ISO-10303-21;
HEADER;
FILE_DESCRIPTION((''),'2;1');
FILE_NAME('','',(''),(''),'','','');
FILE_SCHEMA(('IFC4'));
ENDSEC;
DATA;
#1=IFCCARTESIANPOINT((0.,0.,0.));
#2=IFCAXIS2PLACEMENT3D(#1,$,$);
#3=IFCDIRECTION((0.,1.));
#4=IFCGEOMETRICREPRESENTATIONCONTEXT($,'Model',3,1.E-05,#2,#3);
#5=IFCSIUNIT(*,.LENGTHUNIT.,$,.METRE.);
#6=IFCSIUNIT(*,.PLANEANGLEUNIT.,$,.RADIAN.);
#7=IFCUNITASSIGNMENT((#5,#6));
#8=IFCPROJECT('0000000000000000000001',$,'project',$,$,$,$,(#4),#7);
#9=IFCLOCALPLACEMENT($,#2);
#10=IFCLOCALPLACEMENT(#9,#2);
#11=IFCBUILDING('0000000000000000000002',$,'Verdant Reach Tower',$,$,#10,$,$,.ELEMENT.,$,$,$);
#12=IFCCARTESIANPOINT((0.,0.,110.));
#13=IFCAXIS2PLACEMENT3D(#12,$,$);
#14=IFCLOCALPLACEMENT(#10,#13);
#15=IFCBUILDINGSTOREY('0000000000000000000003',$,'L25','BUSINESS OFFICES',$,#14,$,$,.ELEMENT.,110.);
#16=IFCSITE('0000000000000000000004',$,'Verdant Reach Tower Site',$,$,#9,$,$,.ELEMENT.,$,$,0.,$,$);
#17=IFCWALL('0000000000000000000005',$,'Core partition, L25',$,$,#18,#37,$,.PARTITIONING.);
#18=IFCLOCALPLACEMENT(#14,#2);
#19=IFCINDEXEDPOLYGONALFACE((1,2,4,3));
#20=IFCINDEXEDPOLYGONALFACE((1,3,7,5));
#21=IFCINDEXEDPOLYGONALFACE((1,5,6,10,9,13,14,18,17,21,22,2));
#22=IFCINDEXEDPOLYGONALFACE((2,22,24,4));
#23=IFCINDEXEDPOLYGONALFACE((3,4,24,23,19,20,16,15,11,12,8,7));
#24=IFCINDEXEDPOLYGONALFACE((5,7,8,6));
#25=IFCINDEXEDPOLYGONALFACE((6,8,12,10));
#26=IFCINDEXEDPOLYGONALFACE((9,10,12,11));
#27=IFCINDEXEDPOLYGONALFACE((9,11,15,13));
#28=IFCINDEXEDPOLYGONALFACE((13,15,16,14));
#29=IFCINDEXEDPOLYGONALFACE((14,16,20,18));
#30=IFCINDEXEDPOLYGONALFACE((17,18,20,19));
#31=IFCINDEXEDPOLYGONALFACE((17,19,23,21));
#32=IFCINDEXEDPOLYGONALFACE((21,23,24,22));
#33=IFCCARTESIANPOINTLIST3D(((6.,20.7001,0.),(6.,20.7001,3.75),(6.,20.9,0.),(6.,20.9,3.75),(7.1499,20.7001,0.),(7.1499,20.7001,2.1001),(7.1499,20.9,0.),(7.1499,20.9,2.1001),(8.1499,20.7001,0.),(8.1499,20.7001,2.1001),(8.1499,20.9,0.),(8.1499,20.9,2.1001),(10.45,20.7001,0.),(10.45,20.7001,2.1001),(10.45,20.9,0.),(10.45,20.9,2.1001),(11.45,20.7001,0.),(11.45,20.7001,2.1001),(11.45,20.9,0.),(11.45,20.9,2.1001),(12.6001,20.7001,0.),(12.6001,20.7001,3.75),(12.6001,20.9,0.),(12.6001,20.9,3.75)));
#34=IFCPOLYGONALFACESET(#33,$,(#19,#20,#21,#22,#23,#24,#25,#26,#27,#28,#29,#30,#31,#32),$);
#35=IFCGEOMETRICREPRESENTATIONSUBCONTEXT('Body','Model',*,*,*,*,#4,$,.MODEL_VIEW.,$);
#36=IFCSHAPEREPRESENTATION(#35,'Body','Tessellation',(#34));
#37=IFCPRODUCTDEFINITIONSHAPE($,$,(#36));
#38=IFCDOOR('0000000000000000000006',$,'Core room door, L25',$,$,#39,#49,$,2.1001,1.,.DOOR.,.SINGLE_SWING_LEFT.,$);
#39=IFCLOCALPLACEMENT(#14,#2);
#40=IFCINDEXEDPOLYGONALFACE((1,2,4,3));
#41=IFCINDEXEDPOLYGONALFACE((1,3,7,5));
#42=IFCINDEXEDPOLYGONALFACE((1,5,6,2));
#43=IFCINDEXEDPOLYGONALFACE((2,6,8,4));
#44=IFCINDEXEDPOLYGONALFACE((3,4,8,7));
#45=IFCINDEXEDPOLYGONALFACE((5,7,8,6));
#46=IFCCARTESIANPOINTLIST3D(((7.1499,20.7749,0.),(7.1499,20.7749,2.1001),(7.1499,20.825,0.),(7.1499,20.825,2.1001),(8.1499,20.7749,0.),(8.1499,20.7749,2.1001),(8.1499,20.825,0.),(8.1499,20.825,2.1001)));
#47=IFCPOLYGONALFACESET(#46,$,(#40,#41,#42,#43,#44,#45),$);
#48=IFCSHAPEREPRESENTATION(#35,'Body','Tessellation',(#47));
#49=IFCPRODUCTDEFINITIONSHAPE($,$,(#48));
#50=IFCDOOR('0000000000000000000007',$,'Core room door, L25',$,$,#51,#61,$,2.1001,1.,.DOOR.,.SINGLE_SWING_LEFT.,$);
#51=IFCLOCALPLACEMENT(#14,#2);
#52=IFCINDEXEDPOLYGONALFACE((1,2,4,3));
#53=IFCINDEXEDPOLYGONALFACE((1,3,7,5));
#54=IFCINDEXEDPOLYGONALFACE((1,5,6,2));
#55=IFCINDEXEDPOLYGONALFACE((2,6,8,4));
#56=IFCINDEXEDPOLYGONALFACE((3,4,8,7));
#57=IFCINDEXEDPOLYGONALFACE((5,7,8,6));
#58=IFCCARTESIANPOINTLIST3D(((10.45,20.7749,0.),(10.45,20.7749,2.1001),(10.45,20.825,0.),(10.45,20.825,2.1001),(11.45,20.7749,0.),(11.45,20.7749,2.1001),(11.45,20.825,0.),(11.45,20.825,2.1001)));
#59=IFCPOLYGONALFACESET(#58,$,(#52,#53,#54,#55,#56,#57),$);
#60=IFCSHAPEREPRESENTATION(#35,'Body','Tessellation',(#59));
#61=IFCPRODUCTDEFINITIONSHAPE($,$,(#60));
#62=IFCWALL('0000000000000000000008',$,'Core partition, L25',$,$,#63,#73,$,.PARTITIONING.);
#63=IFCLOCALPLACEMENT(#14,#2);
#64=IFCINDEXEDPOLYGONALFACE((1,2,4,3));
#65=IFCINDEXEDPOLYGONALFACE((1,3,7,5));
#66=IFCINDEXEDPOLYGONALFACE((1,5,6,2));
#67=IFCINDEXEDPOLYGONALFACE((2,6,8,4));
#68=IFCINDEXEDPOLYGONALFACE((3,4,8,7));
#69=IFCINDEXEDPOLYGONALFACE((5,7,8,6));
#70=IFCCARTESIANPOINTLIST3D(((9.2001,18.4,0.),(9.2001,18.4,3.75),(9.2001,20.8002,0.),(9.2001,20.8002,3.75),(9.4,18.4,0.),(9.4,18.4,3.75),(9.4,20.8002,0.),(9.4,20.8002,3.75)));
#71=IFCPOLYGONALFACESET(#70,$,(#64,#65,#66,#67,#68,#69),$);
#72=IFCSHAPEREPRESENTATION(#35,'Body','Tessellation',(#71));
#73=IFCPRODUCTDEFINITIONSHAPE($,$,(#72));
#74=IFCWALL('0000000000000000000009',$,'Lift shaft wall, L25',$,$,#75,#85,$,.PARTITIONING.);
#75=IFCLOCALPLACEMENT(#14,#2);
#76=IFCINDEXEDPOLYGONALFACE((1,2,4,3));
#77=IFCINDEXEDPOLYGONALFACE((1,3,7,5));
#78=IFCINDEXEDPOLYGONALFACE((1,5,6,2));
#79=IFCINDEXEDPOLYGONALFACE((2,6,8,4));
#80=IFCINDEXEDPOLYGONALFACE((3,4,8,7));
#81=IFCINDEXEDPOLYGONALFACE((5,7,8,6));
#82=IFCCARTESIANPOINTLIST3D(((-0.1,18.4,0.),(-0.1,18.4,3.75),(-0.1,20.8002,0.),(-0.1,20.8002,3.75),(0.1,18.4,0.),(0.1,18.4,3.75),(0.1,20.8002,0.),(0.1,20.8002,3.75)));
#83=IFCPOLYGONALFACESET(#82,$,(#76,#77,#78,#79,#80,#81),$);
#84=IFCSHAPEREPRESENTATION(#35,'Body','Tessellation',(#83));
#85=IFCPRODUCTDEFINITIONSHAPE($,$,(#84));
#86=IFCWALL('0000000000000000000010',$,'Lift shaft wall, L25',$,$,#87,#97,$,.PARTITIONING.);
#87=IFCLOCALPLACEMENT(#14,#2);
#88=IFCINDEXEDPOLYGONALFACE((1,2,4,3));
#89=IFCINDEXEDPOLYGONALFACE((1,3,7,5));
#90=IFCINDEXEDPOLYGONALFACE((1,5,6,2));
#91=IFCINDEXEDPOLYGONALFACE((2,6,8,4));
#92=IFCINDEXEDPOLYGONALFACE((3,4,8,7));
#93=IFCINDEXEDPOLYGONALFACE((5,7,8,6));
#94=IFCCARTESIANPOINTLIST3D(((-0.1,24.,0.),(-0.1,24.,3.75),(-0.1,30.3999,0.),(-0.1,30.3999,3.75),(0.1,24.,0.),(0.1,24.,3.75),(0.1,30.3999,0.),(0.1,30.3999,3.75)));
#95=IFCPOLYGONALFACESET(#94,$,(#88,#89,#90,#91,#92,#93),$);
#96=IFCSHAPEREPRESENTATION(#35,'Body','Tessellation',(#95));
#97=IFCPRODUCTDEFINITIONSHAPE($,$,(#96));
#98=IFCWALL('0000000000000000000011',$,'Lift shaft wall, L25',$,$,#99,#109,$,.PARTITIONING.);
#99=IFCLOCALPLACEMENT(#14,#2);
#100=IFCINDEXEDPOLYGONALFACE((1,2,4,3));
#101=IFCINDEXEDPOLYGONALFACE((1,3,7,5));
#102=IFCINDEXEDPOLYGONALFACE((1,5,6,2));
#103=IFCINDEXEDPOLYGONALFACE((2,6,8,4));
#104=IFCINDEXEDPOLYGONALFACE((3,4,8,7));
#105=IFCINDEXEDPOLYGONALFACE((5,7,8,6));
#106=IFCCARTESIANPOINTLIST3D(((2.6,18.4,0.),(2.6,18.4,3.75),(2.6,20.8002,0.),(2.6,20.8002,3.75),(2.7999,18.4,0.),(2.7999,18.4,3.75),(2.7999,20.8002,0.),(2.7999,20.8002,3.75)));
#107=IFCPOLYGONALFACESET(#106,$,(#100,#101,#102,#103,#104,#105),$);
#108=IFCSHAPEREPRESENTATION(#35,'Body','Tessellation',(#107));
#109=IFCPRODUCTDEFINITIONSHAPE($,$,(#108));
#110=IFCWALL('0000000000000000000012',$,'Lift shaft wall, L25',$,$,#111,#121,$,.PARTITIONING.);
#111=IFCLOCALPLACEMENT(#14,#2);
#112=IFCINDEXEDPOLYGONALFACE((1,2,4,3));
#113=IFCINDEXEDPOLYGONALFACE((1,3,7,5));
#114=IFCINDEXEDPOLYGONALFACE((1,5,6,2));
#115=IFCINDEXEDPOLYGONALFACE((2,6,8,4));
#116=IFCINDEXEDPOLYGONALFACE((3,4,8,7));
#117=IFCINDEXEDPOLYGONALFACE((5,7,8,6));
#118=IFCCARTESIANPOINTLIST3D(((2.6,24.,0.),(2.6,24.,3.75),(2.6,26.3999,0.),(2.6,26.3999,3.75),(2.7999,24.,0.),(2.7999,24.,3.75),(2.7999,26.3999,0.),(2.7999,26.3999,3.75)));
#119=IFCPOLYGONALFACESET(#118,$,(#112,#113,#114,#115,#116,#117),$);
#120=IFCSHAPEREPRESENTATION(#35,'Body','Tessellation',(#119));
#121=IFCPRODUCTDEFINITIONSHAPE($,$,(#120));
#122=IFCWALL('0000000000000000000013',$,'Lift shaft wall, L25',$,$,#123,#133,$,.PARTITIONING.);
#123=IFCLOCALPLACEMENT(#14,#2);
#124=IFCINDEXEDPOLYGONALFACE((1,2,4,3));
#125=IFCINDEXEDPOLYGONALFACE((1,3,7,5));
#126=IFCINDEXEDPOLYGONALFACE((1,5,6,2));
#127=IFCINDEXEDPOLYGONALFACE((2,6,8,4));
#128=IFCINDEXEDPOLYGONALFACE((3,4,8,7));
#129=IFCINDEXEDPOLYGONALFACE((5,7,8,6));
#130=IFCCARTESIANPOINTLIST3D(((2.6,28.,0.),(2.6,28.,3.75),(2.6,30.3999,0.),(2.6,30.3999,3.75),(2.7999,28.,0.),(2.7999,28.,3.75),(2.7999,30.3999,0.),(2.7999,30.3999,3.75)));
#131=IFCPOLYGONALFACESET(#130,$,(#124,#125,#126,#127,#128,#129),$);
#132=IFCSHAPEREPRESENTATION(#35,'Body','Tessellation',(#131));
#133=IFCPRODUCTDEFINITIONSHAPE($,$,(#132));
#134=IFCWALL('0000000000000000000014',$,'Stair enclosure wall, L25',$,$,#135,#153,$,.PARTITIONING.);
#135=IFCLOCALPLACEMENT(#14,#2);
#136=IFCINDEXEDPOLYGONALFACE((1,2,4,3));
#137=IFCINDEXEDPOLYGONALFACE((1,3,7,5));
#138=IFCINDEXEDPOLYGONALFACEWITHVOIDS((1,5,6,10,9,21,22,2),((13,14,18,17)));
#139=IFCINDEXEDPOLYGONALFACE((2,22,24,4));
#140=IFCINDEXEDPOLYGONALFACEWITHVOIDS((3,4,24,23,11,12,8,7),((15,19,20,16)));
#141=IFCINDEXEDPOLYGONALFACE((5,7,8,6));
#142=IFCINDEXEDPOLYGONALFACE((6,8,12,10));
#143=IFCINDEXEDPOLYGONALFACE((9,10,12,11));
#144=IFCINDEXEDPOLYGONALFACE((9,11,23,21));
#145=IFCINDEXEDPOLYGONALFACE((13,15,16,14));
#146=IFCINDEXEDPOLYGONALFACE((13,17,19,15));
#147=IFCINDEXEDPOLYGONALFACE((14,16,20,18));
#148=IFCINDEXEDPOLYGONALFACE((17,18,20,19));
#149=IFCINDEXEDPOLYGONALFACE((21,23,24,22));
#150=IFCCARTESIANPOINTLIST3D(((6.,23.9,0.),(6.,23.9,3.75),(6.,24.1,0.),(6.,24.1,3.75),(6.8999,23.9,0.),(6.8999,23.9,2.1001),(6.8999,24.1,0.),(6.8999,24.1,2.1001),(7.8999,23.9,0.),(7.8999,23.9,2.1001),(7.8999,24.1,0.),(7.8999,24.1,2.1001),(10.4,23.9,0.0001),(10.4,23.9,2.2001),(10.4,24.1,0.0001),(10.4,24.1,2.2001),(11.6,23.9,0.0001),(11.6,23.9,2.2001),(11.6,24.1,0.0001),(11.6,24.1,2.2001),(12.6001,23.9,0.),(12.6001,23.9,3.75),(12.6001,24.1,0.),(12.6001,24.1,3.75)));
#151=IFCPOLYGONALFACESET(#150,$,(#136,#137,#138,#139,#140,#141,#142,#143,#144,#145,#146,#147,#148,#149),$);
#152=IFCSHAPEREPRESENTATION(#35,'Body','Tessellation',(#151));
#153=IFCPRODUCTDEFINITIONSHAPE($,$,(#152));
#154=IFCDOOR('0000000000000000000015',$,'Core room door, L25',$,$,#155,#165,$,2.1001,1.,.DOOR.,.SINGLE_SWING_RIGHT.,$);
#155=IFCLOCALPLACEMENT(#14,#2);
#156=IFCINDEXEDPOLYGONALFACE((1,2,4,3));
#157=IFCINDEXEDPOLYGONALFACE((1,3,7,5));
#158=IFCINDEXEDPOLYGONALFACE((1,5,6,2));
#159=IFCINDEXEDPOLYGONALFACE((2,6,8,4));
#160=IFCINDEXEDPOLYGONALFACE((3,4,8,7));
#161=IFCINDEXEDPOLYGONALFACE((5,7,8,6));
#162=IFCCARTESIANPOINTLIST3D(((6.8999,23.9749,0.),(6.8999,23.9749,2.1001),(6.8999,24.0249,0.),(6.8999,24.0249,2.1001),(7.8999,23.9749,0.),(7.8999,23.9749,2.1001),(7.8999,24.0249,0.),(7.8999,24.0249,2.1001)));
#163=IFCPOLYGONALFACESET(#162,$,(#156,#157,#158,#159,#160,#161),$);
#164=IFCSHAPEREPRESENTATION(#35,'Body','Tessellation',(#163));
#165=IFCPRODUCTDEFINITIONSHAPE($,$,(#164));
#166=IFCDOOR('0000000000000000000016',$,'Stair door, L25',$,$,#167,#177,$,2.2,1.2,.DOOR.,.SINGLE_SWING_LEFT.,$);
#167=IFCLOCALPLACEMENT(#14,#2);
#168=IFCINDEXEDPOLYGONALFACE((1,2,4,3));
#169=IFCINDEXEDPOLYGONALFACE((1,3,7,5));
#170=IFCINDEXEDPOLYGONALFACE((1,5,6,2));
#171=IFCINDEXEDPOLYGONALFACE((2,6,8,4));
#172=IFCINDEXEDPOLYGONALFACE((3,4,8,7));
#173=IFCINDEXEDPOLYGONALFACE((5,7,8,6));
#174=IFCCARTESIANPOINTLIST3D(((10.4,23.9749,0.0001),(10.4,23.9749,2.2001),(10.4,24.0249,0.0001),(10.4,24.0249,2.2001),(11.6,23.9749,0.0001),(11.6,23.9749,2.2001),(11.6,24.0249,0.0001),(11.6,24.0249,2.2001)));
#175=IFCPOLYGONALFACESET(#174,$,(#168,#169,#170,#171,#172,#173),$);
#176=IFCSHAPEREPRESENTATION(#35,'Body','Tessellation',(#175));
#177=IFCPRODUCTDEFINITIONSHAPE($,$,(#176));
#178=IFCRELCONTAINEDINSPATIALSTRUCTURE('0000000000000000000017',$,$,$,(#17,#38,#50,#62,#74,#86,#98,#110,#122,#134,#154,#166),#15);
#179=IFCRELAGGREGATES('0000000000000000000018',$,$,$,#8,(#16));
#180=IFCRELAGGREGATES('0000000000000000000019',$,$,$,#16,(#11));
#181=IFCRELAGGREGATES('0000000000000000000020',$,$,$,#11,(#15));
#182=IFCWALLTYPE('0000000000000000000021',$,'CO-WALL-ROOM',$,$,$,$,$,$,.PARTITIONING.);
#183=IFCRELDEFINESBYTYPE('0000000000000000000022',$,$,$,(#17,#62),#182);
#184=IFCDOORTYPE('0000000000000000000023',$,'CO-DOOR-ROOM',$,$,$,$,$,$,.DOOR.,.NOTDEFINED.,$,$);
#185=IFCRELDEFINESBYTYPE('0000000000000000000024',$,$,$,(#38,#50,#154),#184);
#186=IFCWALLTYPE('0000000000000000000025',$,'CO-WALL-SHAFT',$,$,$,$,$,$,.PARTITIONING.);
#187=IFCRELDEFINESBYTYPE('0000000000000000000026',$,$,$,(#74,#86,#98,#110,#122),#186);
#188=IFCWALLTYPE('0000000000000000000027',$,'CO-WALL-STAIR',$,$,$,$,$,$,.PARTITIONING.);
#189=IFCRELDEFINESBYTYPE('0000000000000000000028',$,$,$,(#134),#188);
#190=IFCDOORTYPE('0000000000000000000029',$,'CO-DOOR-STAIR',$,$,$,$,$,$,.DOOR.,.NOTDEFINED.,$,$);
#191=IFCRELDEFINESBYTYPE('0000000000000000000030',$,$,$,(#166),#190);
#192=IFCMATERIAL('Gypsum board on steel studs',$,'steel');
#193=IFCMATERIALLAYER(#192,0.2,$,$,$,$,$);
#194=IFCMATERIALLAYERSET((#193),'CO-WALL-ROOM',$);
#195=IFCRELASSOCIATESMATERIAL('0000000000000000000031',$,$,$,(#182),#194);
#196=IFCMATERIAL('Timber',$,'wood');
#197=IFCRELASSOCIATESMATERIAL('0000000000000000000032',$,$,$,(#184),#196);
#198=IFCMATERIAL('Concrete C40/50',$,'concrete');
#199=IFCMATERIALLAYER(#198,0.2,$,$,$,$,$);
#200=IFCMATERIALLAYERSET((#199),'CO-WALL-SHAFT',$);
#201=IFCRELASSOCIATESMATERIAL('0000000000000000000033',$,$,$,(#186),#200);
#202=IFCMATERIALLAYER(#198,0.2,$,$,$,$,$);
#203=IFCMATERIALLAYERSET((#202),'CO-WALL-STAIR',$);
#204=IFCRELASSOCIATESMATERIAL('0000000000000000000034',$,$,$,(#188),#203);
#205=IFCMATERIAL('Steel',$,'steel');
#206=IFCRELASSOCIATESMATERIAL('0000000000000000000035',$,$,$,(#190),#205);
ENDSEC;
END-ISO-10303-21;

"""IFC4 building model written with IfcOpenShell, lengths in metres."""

from ifc_helpers import new_model, si_unit, direction, frame, frame_2d, origin, place, context, subcontext, project, spatial, rectangle, extrude, material, layer, layer_set, type_object, element, fill, save


model = new_model("IFC4")

# Units and contexts
model_context = context("Model", 3, precision=1e-05, world=origin(), true_north=direction((0.0, 1.0)))
body_context = subcontext(model_context, "Body", "Model", "MODEL_VIEW")
ifc_project = project(units=[si_unit("LENGTHUNIT", "METRE"), si_unit("PLANEANGLEUNIT", "RADIAN")], contexts=[model_context])

# Site, building, storey
site_placement = place(None, origin())
site = spatial("IfcSite", under=ifc_project, at=site_placement, Name="Verdant Reach Tower Site", CompositionType="ELEMENT", RefElevation=0.0)
building_placement = place(site_placement, origin())
building = spatial("IfcBuilding", under=site, at=building_placement, Name="Verdant Reach Tower", CompositionType="ELEMENT")
storey_placement = place(building_placement, frame((0.0, 0.0, 110.0)))
storey = spatial("IfcBuildingStorey", under=building, at=storey_placement, Name="L25", Description="BUSINESS OFFICES", CompositionType="ELEMENT", Elevation=110.0)

# Wall, openings, doors
ifc_material_1 = material(Name="Gypsum board on steel studs", Category="steel")
ifc_layer_1 = layer(ifc_material_1, 0.2)
ifc_layer_set_1 = layer_set([ifc_layer_1], Name="CO-WALL-ROOM")
wall_type_1 = type_object("IfcWallType", Name="CO-WALL-ROOM", PredefinedType="PARTITIONING", material=ifc_layer_set_1)
wall_1_placement = place(storey_placement, frame((6.0, 20.8, 0.0), z_axis=(0.0, 0.0, 1.0), x_axis=(1.0, 0.0, 0.0)))
wall_1 = element("IfcWall", 1, at=wall_1_placement, inside=storey, type_object=wall_type_1, Name="Core partition, L25", PredefinedType="PARTITIONING", context=body_context, shape_type="SweptSolid", body=[
    extrude(rectangle(XDim=6.6001, YDim=0.2, at=frame_2d((3.3, 0.0))), origin(), (0.0, 0.0, 1.0), 3.75),
])
opening_1_placement = place(wall_1_placement, frame((1.1499, 0.0, 0.0)))
opening_1 = element("IfcOpeningElement", 2, at=opening_1_placement, cuts=wall_1, PredefinedType="OPENING", context=body_context, shape_type="SweptSolid", body=[
    extrude(rectangle(XDim=1.0, YDim=2.1001, at=frame_2d((0.5, 1.05))), frame((0.0, 0.1099, 0.0), z_axis=(0.0, -1.0, 0.0), x_axis=(1.0, 0.0, 0.0)), (0.0, 0.0, 1.0), 0.22),
])
opening_2_placement = place(wall_1_placement, frame((4.45, 0.0, 0.0)))
opening_2 = element("IfcOpeningElement", 3, at=opening_2_placement, cuts=wall_1, PredefinedType="OPENING", context=body_context, shape_type="SweptSolid", body=[
    extrude(rectangle(XDim=1.0, YDim=2.1001, at=frame_2d((0.5, 1.05))), frame((0.0, 0.1099, 0.0), z_axis=(0.0, -1.0, 0.0), x_axis=(1.0, 0.0, 0.0)), (0.0, 0.0, 1.0), 0.22),
])
ifc_material_2 = material(Name="Timber", Category="wood")
door_type_1 = type_object("IfcDoorType", Name="CO-DOOR-ROOM", OperationType="NOTDEFINED", PredefinedType="DOOR", material=ifc_material_2)
door_1_placement = place(opening_1_placement, origin())
door_1 = element("IfcDoor", 4, at=door_1_placement, inside=storey, type_object=door_type_1, Name="Core room door, L25", OperationType="SINGLE_SWING_LEFT", OverallHeight=2.1001, OverallWidth=1.0, PredefinedType="DOOR", context=body_context, shape_type="SweptSolid", body=[
    extrude(rectangle(XDim=1.0, YDim=2.1001, at=frame_2d((0.5, 1.05))), frame((0.0, 0.0249, 0.0), z_axis=(0.0, -1.0, 0.0), x_axis=(1.0, 0.0, 0.0)), (0.0, 0.0, 1.0), 0.05),
])
fill(opening_1, door_1)
door_2_placement = place(opening_2_placement, origin())
door_2 = element("IfcDoor", 5, at=door_2_placement, inside=storey, type_object=door_type_1, Name="Core room door, L25", OperationType="SINGLE_SWING_LEFT", OverallHeight=2.1001, OverallWidth=1.0, PredefinedType="DOOR", context=body_context, shape_type="SweptSolid", body=[
    extrude(rectangle(XDim=1.0, YDim=2.1001, at=frame_2d((0.5, 1.05))), frame((0.0, 0.0249, 0.0), z_axis=(0.0, -1.0, 0.0), x_axis=(1.0, 0.0, 0.0)), (0.0, 0.0, 1.0), 0.05),
])
fill(opening_2, door_2)

# Walls
wall_2_placement = place(storey_placement, frame((9.3, 18.3999, 0.0), z_axis=(0.0, 0.0, 1.0), x_axis=(0.0, 1.0, 0.0)))
element("IfcWall", 6, at=wall_2_placement, inside=storey, type_object=wall_type_1, Name="Core partition, L25", PredefinedType="PARTITIONING", context=body_context, shape_type="SweptSolid", body=[
    extrude(rectangle(XDim=2.4001, YDim=0.2, at=frame_2d((1.2002, 0.0))), origin(), (0.0, 0.0, 1.0), 3.75),
])
ifc_material_3 = material(Name="Concrete C40/50", Category="concrete")
ifc_layer_2 = layer(ifc_material_3, 0.2)
ifc_layer_set_2 = layer_set([ifc_layer_2], Name="CO-WALL-SHAFT")
wall_type_2 = type_object("IfcWallType", Name="CO-WALL-SHAFT", PredefinedType="PARTITIONING", material=ifc_layer_set_2)
wall_3_placement = place(storey_placement, frame((0.0, 18.3999, 0.0), z_axis=(0.0, 0.0, 1.0), x_axis=(0.0, 1.0, 0.0)))
element("IfcWall", 7, at=wall_3_placement, inside=storey, type_object=wall_type_2, Name="Lift shaft wall, L25", PredefinedType="PARTITIONING", context=body_context, shape_type="SweptSolid", body=[
    extrude(rectangle(XDim=2.4001, YDim=0.2, at=frame_2d((1.2002, 0.0))), origin(), (0.0, 0.0, 1.0), 3.75),
])
wall_4_placement = place(storey_placement, frame((0.0, 24.0, 0.0), z_axis=(0.0, 0.0, 1.0), x_axis=(0.0, 1.0, 0.0)))
element("IfcWall", 8, at=wall_4_placement, inside=storey, type_object=wall_type_2, Name="Lift shaft wall, L25", PredefinedType="PARTITIONING", context=body_context, shape_type="SweptSolid", body=[
    extrude(rectangle(XDim=6.3999, YDim=0.2, at=frame_2d((3.2, 0.0))), origin(), (0.0, 0.0, 1.0), 3.75),
])
wall_5_placement = place(storey_placement, frame((2.7, 18.3999, 0.0), z_axis=(0.0, 0.0, 1.0), x_axis=(0.0, 1.0, 0.0)))
element("IfcWall", 9, at=wall_5_placement, inside=storey, type_object=wall_type_2, Name="Lift shaft wall, L25", PredefinedType="PARTITIONING", context=body_context, shape_type="SweptSolid", body=[
    extrude(rectangle(XDim=2.4001, YDim=0.2, at=frame_2d((1.2002, 0.0))), origin(), (0.0, 0.0, 1.0), 3.75),
])
for number, where, z_axis, x_axis, name in (
    (10, (2.7, 24.0, 0.0), (0.0, 0.0, 1.0), (0.0, 1.0, 0.0), "Lift shaft wall, L25"),
    (11, (2.7, 28.0, 0.0), (0.0, 0.0, 1.0), (0.0, 1.0, 0.0), "Lift shaft wall, L25"),
):
    element("IfcWall", number, at=place(storey_placement, frame(where, z_axis=z_axis, x_axis=x_axis)), inside=storey, type_object=wall_type_2, Name=name, PredefinedType="PARTITIONING", context=body_context, shape_type="SweptSolid", body=[
        extrude(rectangle(XDim=2.3999, YDim=0.2, at=frame_2d((1.2, 0.0))), origin(), (0.0, 0.0, 1.0), 3.75),
    ])

# Wall, openings, doors
ifc_layer_3 = layer(ifc_material_3, 0.2)
ifc_layer_set_3 = layer_set([ifc_layer_3], Name="CO-WALL-STAIR")
wall_type_3 = type_object("IfcWallType", Name="CO-WALL-STAIR", PredefinedType="PARTITIONING", material=ifc_layer_set_3)
wall_6_placement = place(storey_placement, frame((6.0, 24.0, 0.0), z_axis=(0.0, 0.0, 1.0), x_axis=(1.0, 0.0, 0.0)))
wall_6 = element("IfcWall", 12, at=wall_6_placement, inside=storey, type_object=wall_type_3, Name="Stair enclosure wall, L25", PredefinedType="PARTITIONING", context=body_context, shape_type="SweptSolid", body=[
    extrude(rectangle(XDim=6.6001, YDim=0.2, at=frame_2d((3.3, 0.0))), origin(), (0.0, 0.0, 1.0), 3.75),
])
opening_3_placement = place(wall_6_placement, frame((0.8999, 0.0, 0.0)))
opening_3 = element("IfcOpeningElement", 13, at=opening_3_placement, cuts=wall_6, PredefinedType="OPENING", context=body_context, shape_type="SweptSolid", body=[
    extrude(rectangle(XDim=1.0, YDim=2.1001, at=frame_2d((0.5, 1.05))), frame((0.0, 0.1099, 0.0), z_axis=(0.0, -1.0, 0.0), x_axis=(1.0, 0.0, 0.0)), (0.0, 0.0, 1.0), 0.22),
])
opening_4_placement = place(wall_6_placement, frame((4.3999, 0.0, 0.0)))
opening_4 = element("IfcOpeningElement", 14, at=opening_4_placement, cuts=wall_6, PredefinedType="OPENING", context=body_context, shape_type="SweptSolid", body=[
    extrude(rectangle(XDim=1.2, YDim=2.2, at=frame_2d((0.6001, 1.1001))), frame((0.0, 0.1099, 0.0), z_axis=(0.0, -1.0, 0.0), x_axis=(1.0, 0.0, 0.0)), (0.0, 0.0, 1.0), 0.22),
])
door_3_placement = place(opening_3_placement, origin())
door_3 = element("IfcDoor", 15, at=door_3_placement, inside=storey, type_object=door_type_1, Name="Core room door, L25", OperationType="SINGLE_SWING_RIGHT", OverallHeight=2.1001, OverallWidth=1.0, PredefinedType="DOOR", context=body_context, shape_type="SweptSolid", body=[
    extrude(rectangle(XDim=1.0, YDim=2.1001, at=frame_2d((0.5, 1.05))), frame((0.0, 0.0249, 0.0), z_axis=(0.0, -1.0, 0.0), x_axis=(1.0, 0.0, 0.0)), (0.0, 0.0, 1.0), 0.05),
])
fill(opening_3, door_3)
ifc_material_4 = material(Name="Steel", Category="steel")
door_type_2 = type_object("IfcDoorType", Name="CO-DOOR-STAIR", OperationType="NOTDEFINED", PredefinedType="DOOR", material=ifc_material_4)
door_4_placement = place(opening_4_placement, origin())
door_4 = element("IfcDoor", 16, at=door_4_placement, inside=storey, type_object=door_type_2, Name="Stair door, L25", OperationType="SINGLE_SWING_LEFT", OverallHeight=2.2, OverallWidth=1.2, PredefinedType="DOOR", context=body_context, shape_type="SweptSolid", body=[
    extrude(rectangle(XDim=1.2, YDim=2.2, at=frame_2d((0.6001, 1.1001))), frame((0.0, 0.0249, 0.0), z_axis=(0.0, -1.0, 0.0), x_axis=(1.0, 0.0, 0.0)), (0.0, 0.0, 1.0), 0.05),
])
fill(opening_4, door_4)

save(model, "model.ifc")
